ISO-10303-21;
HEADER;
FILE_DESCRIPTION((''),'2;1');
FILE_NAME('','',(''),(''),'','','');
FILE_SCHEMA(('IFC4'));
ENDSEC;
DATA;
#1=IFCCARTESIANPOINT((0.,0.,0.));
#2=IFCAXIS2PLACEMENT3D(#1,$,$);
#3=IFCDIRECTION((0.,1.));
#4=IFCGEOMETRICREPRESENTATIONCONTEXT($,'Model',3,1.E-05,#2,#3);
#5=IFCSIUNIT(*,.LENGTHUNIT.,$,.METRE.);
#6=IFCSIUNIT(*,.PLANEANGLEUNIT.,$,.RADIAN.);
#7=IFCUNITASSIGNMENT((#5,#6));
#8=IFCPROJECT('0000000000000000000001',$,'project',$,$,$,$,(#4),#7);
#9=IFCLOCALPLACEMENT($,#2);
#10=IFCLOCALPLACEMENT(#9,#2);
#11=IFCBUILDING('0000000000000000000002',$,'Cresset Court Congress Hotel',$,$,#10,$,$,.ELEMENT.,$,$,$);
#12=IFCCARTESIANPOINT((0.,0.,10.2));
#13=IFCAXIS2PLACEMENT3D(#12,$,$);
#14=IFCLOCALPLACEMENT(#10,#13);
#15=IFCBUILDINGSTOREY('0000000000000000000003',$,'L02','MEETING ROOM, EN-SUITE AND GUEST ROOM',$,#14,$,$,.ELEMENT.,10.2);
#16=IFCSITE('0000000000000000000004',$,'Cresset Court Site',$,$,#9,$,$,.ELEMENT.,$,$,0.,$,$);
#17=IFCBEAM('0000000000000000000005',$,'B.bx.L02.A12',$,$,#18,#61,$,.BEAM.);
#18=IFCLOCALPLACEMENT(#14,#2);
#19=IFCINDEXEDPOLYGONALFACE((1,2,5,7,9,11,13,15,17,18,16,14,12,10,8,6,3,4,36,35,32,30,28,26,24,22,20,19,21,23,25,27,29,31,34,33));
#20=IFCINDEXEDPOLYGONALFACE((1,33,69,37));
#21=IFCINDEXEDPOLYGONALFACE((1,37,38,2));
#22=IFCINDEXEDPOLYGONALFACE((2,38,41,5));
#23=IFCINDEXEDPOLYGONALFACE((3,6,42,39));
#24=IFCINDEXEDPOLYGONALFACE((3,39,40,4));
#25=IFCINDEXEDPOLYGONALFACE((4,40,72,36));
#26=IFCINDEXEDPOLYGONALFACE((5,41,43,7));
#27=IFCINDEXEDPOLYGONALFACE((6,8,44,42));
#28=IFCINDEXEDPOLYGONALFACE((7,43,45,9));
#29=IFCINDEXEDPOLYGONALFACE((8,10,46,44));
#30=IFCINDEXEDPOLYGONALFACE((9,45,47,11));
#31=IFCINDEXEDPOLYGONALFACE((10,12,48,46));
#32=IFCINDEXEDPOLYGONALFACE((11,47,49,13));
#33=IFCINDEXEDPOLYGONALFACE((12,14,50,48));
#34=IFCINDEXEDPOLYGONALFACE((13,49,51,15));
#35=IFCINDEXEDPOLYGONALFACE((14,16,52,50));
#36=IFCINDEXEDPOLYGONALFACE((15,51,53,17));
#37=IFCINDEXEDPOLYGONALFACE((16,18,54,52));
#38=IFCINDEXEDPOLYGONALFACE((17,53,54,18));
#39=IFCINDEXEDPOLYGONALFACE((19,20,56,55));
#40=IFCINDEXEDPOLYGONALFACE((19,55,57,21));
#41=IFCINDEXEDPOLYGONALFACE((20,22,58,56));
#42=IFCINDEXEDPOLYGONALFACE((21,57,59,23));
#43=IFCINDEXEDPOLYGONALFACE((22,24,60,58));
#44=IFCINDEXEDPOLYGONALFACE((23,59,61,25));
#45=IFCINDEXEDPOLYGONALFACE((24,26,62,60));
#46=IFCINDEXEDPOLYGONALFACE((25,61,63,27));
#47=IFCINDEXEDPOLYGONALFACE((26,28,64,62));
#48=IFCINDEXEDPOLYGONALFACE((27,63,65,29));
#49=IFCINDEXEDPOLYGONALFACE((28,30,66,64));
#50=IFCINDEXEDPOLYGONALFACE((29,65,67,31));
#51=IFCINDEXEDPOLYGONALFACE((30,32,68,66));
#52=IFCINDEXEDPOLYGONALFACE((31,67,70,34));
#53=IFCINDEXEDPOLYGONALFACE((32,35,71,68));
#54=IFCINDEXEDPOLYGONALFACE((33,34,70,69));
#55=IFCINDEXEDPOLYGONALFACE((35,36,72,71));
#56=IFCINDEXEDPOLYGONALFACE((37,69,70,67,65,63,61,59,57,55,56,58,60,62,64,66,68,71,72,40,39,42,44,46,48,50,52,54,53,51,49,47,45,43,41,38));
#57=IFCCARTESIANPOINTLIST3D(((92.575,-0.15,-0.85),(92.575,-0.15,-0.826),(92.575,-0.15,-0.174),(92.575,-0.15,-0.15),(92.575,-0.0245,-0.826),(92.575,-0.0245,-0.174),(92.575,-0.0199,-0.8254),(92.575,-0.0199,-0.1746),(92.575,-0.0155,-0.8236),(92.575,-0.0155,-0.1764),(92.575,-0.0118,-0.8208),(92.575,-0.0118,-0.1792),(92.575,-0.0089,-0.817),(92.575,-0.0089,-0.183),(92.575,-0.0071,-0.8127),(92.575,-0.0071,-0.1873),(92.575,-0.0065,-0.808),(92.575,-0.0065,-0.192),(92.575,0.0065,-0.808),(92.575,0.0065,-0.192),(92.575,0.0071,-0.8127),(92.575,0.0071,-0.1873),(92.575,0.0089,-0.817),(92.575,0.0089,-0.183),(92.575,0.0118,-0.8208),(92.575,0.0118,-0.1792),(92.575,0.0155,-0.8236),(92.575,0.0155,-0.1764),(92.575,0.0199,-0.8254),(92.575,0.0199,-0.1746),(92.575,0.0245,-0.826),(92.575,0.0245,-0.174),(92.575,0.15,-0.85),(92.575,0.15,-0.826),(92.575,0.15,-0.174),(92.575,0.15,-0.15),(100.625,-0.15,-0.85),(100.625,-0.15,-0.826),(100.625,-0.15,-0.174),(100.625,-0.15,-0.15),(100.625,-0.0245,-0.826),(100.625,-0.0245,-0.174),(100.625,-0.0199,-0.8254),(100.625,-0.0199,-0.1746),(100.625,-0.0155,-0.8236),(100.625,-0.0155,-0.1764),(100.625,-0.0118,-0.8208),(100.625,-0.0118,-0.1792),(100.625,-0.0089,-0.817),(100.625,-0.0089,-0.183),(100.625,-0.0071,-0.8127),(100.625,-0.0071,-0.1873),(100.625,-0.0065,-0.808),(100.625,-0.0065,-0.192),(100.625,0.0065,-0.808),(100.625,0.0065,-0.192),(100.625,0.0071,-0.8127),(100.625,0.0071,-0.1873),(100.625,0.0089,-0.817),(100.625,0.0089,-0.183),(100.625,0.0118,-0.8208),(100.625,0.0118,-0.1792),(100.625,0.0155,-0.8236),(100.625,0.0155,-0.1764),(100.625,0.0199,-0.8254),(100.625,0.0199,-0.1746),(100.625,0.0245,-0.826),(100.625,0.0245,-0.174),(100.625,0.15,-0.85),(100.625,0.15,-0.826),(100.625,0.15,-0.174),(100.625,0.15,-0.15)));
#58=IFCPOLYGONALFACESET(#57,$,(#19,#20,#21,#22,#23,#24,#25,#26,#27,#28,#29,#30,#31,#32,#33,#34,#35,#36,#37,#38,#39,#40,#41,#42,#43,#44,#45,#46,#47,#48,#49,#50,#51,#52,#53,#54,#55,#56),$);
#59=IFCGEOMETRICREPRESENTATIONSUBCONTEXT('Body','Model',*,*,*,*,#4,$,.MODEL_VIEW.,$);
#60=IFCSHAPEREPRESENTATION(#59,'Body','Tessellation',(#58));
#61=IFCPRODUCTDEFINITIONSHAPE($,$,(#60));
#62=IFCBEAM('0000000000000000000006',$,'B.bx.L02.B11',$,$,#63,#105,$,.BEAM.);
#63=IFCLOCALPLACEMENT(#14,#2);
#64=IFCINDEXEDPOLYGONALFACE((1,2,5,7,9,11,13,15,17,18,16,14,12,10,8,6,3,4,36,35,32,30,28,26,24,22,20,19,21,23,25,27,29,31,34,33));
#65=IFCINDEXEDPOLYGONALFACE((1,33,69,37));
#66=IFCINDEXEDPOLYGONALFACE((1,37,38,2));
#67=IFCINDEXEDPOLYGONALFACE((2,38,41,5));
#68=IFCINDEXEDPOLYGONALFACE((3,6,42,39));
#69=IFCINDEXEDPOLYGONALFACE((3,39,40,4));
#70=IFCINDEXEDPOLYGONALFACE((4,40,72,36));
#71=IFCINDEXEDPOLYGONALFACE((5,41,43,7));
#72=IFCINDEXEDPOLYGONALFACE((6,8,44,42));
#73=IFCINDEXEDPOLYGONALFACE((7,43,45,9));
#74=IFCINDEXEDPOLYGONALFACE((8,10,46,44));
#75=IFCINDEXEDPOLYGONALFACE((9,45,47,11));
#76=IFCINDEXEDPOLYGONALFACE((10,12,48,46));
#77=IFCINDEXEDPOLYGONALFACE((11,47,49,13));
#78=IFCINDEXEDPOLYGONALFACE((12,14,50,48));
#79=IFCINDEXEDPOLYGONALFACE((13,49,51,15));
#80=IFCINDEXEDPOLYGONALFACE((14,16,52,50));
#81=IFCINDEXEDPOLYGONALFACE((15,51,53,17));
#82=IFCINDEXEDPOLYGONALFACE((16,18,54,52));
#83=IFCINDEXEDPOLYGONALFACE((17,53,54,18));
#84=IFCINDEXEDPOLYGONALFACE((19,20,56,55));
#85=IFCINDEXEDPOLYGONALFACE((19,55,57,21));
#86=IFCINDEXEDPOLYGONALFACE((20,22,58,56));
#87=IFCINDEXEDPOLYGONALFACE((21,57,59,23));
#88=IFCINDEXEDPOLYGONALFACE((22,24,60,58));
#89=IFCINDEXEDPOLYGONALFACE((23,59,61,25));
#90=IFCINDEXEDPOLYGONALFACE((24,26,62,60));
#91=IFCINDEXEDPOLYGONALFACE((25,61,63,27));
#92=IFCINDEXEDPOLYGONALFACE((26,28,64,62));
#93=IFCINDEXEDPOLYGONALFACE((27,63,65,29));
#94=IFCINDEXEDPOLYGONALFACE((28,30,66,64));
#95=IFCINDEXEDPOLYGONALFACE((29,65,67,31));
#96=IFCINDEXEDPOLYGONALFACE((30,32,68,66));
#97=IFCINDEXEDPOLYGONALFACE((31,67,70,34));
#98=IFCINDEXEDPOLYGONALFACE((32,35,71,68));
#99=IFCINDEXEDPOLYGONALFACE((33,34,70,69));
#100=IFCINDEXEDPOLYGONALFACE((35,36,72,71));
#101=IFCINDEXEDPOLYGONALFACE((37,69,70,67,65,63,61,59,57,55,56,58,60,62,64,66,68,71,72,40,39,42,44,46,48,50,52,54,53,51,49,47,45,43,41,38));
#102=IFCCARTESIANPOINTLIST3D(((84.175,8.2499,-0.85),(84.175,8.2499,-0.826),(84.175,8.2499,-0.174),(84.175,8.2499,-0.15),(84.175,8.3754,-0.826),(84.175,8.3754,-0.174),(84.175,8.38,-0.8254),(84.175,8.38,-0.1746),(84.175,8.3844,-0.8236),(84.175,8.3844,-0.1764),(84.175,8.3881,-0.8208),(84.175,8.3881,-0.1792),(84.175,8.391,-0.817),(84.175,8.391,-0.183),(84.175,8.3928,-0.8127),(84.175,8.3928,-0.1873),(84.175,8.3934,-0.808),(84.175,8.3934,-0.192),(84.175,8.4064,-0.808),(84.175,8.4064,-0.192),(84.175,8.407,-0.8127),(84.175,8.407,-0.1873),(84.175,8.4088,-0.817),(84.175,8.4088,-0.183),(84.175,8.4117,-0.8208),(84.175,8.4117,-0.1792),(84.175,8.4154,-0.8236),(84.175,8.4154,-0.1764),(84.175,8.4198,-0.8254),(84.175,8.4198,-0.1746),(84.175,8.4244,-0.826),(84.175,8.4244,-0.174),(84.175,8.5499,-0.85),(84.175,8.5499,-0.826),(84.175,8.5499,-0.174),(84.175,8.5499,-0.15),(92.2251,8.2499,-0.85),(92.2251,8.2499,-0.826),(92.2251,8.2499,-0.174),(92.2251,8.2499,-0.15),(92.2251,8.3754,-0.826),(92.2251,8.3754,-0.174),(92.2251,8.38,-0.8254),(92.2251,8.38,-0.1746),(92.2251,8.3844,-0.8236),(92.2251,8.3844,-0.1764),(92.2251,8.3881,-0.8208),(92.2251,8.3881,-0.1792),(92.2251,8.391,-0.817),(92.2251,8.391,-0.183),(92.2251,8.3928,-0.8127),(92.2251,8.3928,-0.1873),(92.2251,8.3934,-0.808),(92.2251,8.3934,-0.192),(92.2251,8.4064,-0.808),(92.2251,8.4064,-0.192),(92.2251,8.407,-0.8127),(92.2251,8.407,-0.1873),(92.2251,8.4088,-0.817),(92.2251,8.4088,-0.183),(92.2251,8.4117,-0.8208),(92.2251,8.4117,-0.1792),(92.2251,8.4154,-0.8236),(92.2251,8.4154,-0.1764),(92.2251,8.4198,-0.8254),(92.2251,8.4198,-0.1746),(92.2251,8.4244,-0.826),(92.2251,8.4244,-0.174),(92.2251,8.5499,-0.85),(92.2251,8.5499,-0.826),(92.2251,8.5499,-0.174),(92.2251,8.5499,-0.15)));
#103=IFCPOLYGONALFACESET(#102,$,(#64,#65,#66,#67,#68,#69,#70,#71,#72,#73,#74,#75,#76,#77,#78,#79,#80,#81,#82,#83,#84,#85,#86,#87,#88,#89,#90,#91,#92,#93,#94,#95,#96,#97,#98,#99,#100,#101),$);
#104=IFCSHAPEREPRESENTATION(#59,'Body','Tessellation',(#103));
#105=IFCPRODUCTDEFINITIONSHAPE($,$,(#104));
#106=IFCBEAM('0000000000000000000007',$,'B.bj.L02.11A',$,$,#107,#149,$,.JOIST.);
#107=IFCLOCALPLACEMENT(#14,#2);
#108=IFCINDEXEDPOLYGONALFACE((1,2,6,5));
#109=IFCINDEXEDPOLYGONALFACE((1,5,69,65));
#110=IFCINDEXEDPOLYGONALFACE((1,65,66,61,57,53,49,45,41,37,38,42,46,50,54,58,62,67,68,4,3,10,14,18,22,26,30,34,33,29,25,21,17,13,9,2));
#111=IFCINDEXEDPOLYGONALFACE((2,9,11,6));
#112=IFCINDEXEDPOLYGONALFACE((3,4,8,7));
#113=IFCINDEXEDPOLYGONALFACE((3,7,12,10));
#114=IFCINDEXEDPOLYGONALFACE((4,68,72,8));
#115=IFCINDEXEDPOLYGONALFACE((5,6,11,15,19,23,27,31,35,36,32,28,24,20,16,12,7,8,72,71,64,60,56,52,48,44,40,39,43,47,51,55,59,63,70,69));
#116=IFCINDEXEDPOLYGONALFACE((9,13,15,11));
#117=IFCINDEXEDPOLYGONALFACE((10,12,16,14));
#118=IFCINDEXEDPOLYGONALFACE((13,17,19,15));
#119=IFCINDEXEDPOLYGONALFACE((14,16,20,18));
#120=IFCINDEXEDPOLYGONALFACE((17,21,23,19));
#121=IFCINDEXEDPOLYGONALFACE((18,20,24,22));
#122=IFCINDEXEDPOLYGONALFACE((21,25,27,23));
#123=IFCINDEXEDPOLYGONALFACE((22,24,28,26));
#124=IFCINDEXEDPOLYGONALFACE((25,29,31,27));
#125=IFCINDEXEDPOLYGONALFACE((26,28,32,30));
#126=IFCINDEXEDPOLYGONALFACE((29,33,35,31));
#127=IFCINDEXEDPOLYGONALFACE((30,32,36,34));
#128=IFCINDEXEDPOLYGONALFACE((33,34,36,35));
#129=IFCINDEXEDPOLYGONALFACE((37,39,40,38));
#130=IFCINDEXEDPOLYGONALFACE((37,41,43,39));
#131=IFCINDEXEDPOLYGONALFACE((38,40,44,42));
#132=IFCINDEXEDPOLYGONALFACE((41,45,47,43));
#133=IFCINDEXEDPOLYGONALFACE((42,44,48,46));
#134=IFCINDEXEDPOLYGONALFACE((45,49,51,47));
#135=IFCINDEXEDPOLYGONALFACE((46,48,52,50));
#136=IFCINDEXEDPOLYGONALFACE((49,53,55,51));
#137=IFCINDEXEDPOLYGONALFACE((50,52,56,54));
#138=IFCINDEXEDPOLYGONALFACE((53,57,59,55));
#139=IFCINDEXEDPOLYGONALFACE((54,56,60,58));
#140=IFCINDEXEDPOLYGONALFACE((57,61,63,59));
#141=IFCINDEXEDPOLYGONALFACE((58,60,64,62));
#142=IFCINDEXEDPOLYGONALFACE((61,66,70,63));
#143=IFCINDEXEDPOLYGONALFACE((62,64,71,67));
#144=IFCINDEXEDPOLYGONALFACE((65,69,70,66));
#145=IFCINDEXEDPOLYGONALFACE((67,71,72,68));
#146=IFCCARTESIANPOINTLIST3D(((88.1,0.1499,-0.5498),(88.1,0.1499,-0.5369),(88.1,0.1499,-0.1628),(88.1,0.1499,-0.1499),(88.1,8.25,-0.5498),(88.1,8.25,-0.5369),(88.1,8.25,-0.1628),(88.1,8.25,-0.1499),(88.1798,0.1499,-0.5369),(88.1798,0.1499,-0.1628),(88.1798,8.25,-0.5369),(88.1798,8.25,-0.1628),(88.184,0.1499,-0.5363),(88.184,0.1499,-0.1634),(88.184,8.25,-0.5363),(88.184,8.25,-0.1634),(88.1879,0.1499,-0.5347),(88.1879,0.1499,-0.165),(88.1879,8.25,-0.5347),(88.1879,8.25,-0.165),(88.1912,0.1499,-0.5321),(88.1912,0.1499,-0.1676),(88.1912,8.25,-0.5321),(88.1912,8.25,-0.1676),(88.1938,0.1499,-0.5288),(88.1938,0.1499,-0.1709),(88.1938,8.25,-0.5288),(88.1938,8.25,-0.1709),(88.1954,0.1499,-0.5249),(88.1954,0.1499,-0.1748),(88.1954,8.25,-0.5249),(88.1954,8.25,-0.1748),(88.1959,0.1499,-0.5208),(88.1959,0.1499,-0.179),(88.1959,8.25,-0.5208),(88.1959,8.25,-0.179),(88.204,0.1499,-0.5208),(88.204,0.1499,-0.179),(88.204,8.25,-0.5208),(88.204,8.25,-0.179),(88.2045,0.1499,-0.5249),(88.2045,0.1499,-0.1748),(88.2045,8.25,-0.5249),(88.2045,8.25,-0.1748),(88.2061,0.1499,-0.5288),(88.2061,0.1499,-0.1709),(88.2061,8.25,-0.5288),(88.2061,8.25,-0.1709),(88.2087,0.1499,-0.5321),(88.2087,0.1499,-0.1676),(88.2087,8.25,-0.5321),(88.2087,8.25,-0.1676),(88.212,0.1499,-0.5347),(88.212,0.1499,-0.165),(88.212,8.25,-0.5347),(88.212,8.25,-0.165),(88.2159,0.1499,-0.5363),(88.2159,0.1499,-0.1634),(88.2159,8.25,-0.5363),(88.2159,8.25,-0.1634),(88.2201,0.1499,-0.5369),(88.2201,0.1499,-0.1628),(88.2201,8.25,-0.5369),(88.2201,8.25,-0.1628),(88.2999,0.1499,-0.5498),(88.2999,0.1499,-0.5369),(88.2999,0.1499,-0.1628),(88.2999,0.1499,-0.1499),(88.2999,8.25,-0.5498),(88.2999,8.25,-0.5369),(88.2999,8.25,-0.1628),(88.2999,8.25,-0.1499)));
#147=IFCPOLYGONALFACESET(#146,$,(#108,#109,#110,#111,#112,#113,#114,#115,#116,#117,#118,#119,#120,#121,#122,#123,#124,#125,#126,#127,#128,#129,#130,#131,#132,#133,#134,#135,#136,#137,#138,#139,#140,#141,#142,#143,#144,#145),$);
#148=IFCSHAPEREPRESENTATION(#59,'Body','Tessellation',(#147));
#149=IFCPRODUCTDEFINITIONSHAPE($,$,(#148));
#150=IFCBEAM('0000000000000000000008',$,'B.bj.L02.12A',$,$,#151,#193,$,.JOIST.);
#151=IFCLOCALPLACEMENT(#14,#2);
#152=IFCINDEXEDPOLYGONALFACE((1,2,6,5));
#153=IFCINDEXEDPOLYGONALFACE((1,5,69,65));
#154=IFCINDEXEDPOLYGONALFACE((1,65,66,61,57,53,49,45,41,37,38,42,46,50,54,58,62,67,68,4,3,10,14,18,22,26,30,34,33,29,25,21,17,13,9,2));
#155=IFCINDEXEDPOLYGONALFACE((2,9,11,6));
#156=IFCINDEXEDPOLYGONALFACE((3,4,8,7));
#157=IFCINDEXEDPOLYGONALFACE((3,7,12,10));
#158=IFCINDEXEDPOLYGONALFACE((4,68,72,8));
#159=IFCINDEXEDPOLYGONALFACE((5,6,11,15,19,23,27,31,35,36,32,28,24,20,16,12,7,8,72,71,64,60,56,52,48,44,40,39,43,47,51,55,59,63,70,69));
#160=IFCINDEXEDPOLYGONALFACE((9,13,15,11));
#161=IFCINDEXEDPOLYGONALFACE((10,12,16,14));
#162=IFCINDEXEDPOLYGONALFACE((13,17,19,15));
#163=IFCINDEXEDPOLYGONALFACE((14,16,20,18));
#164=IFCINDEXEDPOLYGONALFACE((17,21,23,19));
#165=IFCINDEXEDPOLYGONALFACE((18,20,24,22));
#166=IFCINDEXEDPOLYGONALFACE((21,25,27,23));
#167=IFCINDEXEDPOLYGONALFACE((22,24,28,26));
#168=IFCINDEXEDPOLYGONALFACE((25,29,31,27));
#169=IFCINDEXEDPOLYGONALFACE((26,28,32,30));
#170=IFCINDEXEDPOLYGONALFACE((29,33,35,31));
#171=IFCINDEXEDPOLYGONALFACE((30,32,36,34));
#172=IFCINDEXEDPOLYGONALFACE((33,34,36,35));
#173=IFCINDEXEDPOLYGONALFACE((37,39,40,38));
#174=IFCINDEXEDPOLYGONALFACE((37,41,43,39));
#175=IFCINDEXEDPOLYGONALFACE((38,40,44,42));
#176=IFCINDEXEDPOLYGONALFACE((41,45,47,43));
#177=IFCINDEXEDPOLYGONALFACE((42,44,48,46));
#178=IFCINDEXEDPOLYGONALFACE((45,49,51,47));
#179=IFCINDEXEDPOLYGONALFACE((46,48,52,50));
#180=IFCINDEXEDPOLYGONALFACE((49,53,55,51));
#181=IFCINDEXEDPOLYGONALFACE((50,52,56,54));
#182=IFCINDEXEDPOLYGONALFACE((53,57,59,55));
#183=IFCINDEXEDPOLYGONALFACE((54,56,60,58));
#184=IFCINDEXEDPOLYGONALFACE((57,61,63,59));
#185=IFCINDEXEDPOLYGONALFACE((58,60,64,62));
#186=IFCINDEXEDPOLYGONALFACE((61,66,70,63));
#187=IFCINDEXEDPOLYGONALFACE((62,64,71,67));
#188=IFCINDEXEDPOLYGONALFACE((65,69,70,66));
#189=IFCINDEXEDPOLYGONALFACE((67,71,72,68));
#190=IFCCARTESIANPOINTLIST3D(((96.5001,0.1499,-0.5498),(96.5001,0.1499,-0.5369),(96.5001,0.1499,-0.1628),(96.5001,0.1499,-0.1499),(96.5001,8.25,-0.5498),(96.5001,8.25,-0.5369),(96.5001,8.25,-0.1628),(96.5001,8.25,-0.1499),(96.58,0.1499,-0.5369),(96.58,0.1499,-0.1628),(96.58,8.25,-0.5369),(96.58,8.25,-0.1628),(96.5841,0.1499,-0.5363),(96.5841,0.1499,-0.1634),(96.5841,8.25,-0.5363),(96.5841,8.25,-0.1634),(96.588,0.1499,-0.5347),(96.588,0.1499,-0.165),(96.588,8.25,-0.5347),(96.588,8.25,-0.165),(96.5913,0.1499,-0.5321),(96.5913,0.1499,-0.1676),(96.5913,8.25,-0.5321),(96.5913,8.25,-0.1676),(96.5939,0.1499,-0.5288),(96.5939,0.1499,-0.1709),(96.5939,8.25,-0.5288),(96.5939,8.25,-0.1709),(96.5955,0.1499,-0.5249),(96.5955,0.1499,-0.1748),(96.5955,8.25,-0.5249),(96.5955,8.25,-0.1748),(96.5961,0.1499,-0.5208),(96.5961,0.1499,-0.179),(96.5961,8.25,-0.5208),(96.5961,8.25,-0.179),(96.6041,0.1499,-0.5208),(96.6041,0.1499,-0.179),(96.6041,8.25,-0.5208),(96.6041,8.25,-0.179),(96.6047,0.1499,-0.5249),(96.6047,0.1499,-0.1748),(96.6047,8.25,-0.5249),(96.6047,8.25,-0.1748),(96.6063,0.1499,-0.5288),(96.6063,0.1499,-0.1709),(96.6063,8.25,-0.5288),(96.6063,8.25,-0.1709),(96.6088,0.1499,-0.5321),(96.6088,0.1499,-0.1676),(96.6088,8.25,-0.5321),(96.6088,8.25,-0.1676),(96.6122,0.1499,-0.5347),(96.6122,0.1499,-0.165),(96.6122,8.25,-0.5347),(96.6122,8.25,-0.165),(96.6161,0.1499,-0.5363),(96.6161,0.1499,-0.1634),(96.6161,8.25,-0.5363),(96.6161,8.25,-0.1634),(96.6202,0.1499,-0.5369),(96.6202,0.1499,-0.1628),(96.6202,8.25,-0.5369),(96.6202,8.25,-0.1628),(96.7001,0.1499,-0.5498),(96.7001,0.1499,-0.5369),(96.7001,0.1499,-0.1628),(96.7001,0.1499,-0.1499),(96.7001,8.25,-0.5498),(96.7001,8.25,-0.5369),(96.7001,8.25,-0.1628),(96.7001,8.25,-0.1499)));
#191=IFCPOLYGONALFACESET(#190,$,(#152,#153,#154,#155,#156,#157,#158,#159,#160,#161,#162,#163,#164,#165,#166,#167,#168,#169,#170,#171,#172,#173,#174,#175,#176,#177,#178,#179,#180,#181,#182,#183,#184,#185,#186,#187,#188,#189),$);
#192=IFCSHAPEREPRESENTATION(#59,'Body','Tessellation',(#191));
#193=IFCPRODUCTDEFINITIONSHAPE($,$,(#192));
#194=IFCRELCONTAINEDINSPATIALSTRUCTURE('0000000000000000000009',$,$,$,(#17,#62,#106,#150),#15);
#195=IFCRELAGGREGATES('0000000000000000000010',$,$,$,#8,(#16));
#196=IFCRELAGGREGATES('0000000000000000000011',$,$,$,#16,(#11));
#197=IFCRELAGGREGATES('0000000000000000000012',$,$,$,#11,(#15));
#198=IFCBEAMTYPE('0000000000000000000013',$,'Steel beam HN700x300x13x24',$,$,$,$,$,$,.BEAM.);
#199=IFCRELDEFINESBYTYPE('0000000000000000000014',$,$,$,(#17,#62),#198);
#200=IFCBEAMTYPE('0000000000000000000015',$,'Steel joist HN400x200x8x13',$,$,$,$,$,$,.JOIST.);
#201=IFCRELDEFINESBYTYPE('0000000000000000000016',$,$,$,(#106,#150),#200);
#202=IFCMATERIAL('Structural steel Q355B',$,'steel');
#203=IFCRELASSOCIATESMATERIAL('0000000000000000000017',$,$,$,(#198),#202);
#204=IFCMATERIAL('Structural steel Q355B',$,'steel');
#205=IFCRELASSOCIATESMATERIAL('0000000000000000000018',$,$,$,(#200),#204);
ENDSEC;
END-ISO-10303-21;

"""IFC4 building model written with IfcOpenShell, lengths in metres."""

from ifc_helpers import new_model, si_unit, direction, frame, origin, origin_2d, place, context, subcontext, project, spatial, i_section, extrude, material, material_profile, profile_set, type_object, element, save


model = new_model("IFC4")

# Units and contexts
model_context = context("Model", 3, precision=1e-05, world=origin(), true_north=direction((0.0, 1.0)))
body_context = subcontext(model_context, "Body", "Model", "MODEL_VIEW")
ifc_project = project(units=[si_unit("LENGTHUNIT", "METRE"), si_unit("PLANEANGLEUNIT", "RADIAN")], contexts=[model_context])

# Site, building, storey
site_placement = place(None, origin())
site = spatial("IfcSite", under=ifc_project, at=site_placement, Name="Cresset Court Site", CompositionType="ELEMENT", RefElevation=0.0)
building_placement = place(site_placement, origin())
building = spatial("IfcBuilding", under=site, at=building_placement, Name="Cresset Court Congress Hotel", CompositionType="ELEMENT")
storey_placement = place(building_placement, frame((0.0, 0.0, 10.2)))
storey = spatial("IfcBuildingStorey", under=building, at=storey_placement, Name="L02", Description="MEETING ROOM, EN-SUITE AND GUEST ROOM", CompositionType="ELEMENT", Elevation=10.2)

# Beams
ifc_material_1 = material(Name="Structural steel Q355B", Category="steel")
ifc_material_profile_1 = material_profile(ifc_material_1, i_section(OverallWidth=0.3, OverallDepth=0.7, WebThickness=0.0129, FlangeThickness=0.0239, FilletRadius=0.0181, at=origin_2d()), Name="HN700x300x13x24")
ifc_profile_set_1 = profile_set([ifc_material_profile_1], Name="Structural steel Q355B")
beam_type_1 = type_object("IfcBeamType", Name="Steel beam HN700x300x13x24", PredefinedType="BEAM", material=ifc_profile_set_1)
for number, where, z_axis, x_axis, name in (
    (1, (92.575, 0.0, -0.5), (1.0, 0.0, 0.0), (0.0, 1.0, 0.0), "B.bx.L02.A12"),
    (2, (84.175, 8.3999, -0.5), (1.0, 0.0, 0.0), (0.0, 1.0, 0.0), "B.bx.L02.B11"),
):
    element("IfcBeam", number, at=place(storey_placement, frame(where, z_axis=z_axis, x_axis=x_axis)), inside=storey, type_object=beam_type_1, Name=name, PredefinedType="BEAM", context=body_context, shape_type="SweptSolid", body=[
        extrude(i_section(OverallWidth=0.3, OverallDepth=0.7, WebThickness=0.0129, FlangeThickness=0.0239, FilletRadius=0.0181, at=origin_2d()), origin(), (0.0, 0.0, 1.0), 8.05),
    ])
ifc_material_2 = material(Name="Structural steel Q355B", Category="steel")
ifc_material_profile_2 = material_profile(ifc_material_2, i_section(OverallWidth=0.2, OverallDepth=0.3999, WebThickness=0.0081, FlangeThickness=0.0129, FilletRadius=0.0161, at=origin_2d()), Name="HN400x200x8x13")
ifc_profile_set_2 = profile_set([ifc_material_profile_2], Name="Structural steel Q355B")
beam_type_2 = type_object("IfcBeamType", Name="Steel joist HN400x200x8x13", PredefinedType="JOIST", material=ifc_profile_set_2)
for number, where, z_axis, x_axis, name in (
    (3, (88.2, 0.1499, -0.3499), (0.0, 1.0, 0.0), (-1.0, 0.0, 0.0), "B.bj.L02.11A"),
    (4, (96.6001, 0.1499, -0.3499), (0.0, 1.0, 0.0), (-1.0, 0.0, 0.0), "B.bj.L02.12A"),
):
    element("IfcBeam", number, at=place(storey_placement, frame(where, z_axis=z_axis, x_axis=x_axis)), inside=storey, type_object=beam_type_2, Name=name, PredefinedType="JOIST", context=body_context, shape_type="SweptSolid", body=[
        extrude(i_section(OverallWidth=0.2, OverallDepth=0.3999, WebThickness=0.0081, FlangeThickness=0.0129, FilletRadius=0.0161, at=origin_2d()), origin(), (0.0, 0.0, 1.0), 8.1001),
    ])

save(model, "model.ifc")
